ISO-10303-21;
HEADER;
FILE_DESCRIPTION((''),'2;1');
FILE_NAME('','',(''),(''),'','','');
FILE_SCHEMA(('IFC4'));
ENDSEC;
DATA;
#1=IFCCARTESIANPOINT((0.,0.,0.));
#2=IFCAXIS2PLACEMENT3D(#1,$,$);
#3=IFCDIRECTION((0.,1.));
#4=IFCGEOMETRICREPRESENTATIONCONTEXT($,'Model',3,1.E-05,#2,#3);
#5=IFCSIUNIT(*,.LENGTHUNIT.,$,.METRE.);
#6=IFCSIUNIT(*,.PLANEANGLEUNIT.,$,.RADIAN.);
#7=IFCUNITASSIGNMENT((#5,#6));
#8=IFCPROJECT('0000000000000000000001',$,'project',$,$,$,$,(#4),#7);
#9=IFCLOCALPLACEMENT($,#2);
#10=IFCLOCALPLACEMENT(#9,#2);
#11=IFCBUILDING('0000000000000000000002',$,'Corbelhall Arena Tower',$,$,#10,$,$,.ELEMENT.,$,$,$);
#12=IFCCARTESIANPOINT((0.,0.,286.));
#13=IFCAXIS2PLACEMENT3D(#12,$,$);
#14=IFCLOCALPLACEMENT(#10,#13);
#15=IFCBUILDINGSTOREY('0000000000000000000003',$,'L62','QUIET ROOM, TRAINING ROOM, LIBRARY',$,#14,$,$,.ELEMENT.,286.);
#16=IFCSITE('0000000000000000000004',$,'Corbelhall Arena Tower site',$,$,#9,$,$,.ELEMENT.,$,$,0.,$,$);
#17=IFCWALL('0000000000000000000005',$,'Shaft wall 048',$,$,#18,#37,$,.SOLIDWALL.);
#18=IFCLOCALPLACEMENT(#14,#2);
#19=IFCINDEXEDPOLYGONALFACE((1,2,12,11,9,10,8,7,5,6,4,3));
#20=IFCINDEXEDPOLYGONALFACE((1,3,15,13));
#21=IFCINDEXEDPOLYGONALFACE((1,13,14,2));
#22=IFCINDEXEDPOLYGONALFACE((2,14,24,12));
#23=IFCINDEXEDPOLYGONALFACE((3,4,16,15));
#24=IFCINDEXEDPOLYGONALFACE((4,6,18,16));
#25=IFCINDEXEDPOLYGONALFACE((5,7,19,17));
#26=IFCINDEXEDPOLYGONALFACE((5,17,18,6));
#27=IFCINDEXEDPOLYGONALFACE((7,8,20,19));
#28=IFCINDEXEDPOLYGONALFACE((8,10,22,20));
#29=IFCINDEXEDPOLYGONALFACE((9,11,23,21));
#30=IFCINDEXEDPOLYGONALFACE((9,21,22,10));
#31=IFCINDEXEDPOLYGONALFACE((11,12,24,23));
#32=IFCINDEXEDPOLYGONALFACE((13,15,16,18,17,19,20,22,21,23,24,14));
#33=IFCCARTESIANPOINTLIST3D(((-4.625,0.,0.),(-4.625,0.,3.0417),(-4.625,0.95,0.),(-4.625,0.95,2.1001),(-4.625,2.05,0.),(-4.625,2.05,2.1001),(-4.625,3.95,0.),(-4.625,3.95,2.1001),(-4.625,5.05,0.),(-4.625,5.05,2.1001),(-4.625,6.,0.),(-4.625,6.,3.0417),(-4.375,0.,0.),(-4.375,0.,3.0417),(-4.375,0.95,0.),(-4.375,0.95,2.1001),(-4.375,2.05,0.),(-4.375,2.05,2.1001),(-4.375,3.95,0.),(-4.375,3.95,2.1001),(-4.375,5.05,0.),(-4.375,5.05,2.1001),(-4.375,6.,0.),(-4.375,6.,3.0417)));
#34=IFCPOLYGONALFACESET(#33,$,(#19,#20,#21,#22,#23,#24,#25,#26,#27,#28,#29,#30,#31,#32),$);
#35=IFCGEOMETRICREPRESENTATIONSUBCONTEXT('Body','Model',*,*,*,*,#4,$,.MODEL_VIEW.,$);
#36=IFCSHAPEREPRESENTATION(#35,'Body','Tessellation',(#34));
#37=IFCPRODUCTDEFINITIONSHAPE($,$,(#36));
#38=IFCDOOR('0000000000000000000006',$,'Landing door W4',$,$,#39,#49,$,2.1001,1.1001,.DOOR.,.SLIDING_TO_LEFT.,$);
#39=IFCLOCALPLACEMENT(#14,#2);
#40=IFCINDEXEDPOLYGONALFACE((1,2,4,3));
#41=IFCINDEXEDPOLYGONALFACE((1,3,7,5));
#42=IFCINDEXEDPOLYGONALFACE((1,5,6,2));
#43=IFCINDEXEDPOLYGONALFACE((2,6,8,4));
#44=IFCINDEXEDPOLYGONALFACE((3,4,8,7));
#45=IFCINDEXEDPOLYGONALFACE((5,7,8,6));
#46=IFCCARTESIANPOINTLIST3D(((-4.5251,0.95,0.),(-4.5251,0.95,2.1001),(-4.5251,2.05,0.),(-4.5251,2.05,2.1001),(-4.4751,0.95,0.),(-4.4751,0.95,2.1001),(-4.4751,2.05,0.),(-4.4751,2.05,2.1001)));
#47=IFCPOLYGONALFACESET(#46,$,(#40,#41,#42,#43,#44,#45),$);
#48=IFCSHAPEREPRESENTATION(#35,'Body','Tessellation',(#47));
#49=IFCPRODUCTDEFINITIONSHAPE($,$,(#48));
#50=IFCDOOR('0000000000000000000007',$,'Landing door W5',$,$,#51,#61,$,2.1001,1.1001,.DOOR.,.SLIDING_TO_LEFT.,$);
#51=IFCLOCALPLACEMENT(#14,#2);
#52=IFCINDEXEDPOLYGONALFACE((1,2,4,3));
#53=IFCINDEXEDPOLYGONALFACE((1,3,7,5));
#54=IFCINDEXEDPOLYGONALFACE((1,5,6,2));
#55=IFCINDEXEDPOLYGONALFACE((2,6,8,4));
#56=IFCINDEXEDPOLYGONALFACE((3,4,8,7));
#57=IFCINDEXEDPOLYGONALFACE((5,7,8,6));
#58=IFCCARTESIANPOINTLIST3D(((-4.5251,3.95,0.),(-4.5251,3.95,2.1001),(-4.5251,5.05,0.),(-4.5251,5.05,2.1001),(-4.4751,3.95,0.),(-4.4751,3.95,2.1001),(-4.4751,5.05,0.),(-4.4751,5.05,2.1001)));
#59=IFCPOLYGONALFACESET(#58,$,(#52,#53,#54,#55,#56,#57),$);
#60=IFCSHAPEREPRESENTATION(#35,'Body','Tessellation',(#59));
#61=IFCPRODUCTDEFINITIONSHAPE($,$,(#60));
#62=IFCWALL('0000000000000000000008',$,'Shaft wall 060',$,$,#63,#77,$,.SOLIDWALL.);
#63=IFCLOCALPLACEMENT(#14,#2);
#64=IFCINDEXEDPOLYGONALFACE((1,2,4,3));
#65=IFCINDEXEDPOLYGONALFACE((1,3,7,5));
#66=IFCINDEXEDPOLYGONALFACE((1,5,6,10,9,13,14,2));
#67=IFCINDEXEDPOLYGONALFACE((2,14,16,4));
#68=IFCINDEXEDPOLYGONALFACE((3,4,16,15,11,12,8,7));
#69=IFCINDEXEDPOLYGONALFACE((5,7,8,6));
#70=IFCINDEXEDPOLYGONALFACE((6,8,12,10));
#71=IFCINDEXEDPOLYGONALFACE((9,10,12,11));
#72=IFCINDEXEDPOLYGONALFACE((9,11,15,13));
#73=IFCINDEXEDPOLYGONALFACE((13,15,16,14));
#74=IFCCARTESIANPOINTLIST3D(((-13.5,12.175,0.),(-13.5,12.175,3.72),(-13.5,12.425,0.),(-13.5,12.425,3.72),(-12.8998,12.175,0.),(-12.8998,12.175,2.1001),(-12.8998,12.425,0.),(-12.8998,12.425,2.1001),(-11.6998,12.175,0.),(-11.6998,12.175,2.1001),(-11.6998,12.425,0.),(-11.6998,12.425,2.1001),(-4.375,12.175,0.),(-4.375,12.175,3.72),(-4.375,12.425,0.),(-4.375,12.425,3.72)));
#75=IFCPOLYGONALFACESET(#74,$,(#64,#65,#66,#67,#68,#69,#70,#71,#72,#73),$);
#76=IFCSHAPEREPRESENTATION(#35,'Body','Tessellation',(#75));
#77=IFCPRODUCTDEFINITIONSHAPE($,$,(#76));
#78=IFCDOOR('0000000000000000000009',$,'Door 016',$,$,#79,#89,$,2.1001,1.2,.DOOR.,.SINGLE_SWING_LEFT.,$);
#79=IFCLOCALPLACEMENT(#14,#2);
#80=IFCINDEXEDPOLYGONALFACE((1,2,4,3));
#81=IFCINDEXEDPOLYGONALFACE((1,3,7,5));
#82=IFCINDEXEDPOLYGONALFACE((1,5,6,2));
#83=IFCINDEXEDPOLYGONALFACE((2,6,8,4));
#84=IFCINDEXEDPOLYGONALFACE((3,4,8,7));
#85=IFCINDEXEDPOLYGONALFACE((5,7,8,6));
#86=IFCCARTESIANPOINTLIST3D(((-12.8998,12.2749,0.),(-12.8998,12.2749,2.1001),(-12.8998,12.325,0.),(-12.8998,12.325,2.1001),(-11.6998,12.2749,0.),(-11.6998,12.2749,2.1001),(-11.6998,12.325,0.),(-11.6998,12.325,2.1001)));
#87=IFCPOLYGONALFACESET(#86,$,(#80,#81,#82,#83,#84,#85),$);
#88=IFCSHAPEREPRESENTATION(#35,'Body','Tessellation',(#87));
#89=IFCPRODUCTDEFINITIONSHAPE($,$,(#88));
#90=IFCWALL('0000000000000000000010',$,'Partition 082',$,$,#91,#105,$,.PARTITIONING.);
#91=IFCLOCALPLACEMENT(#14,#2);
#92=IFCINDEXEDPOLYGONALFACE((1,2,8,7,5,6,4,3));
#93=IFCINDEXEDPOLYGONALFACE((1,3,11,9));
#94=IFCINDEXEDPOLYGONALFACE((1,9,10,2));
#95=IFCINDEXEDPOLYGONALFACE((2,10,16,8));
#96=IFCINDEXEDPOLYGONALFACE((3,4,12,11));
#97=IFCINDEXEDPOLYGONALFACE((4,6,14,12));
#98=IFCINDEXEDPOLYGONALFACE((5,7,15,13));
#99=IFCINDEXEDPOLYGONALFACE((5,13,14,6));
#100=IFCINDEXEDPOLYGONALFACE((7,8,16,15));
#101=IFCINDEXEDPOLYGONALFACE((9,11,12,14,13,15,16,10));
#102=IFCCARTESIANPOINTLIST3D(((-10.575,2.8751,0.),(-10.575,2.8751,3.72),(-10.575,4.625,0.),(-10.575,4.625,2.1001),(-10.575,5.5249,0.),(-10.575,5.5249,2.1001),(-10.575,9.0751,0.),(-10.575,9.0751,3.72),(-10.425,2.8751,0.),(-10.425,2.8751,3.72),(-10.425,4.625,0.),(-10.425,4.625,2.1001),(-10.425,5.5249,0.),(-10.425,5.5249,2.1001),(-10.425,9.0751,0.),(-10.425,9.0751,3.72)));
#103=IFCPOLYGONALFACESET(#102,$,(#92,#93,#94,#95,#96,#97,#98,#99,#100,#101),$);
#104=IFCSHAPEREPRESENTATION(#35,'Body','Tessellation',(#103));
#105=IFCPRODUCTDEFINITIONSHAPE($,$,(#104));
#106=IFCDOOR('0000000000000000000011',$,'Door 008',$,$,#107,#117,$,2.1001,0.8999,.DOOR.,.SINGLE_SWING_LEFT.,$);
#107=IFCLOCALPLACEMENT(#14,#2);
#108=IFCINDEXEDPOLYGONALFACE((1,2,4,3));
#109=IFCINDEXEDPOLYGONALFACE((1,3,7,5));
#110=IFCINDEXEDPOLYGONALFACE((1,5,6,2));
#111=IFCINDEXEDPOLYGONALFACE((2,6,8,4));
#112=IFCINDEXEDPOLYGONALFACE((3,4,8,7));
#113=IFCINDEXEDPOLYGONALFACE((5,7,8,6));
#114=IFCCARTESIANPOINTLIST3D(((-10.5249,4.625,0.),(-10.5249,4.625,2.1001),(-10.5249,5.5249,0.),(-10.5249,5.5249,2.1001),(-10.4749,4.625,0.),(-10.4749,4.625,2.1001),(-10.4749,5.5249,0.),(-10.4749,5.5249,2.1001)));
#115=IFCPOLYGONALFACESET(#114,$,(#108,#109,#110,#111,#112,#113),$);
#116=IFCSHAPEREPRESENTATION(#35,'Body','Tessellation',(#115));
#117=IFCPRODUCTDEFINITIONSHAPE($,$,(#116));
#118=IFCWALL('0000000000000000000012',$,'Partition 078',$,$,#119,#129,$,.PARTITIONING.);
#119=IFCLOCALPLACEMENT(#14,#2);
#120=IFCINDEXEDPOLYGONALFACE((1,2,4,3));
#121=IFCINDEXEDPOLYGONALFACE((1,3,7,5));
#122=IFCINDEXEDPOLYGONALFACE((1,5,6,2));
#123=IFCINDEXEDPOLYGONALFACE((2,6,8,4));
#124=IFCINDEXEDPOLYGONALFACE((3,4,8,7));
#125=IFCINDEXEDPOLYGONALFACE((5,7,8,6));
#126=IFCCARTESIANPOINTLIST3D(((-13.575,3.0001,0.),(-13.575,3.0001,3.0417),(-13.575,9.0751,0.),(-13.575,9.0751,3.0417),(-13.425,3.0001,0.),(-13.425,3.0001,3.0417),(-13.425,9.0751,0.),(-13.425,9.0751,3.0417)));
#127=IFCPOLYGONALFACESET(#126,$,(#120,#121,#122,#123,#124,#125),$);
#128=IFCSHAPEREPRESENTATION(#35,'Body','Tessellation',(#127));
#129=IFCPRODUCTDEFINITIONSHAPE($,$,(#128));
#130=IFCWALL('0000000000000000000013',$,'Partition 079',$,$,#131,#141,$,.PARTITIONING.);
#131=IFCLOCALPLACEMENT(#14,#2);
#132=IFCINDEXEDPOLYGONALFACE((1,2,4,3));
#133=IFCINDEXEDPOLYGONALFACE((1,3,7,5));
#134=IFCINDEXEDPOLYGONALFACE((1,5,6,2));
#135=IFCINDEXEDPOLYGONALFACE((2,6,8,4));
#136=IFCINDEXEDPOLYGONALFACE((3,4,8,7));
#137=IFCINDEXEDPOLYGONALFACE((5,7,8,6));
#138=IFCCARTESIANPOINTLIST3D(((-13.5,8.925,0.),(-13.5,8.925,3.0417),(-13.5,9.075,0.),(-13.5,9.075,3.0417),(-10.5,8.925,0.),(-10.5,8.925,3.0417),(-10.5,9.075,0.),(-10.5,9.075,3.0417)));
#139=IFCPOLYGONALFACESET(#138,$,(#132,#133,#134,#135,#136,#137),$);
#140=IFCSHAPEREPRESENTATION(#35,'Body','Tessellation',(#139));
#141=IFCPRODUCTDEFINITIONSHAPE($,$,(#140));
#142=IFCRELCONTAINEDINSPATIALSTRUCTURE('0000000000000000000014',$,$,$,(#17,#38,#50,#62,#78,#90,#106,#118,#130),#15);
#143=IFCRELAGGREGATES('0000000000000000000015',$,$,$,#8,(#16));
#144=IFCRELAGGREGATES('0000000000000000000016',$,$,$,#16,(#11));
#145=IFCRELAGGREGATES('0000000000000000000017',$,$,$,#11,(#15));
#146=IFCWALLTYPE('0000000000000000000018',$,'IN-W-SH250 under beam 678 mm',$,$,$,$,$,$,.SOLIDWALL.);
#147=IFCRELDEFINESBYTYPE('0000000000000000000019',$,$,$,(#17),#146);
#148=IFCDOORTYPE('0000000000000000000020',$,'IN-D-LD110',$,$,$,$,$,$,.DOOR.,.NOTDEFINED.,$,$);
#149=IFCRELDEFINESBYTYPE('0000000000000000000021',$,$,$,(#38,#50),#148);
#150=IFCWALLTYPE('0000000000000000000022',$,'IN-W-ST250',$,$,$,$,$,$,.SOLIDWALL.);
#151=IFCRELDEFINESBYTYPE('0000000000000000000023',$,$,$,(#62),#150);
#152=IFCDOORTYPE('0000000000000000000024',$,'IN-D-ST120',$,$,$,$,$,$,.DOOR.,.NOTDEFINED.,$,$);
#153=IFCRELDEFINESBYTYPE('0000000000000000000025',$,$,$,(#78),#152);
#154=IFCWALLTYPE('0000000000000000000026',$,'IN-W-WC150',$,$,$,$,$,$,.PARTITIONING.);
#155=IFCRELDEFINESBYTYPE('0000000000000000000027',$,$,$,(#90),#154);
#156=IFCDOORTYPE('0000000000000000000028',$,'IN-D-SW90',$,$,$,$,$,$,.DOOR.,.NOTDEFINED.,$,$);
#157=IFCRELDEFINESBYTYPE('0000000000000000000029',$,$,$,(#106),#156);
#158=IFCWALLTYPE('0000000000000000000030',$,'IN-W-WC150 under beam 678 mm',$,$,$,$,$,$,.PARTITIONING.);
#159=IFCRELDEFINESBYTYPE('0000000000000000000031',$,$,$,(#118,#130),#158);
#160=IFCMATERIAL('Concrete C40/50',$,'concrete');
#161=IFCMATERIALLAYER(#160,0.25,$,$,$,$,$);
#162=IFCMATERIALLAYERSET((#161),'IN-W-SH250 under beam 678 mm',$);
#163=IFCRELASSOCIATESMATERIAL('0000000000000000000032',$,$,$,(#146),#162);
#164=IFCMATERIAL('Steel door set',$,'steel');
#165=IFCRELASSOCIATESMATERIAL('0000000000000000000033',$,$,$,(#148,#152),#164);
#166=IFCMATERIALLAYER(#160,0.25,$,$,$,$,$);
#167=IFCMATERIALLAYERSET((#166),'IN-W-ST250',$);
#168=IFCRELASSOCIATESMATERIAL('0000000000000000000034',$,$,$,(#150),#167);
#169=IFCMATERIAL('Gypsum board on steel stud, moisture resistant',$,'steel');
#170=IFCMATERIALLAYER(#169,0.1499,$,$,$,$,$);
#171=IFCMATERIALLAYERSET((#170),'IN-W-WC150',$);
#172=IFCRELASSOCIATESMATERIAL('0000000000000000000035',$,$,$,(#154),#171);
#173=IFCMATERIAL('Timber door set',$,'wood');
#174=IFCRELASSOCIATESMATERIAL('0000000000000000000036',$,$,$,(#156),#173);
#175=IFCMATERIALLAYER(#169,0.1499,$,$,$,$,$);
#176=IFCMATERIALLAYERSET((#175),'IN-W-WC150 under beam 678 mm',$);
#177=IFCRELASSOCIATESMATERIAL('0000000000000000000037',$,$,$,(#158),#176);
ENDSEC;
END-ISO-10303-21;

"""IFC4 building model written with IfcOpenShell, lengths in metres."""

from ifc_helpers import new_model, si_unit, direction, frame, frame_2d, origin, place, context, subcontext, project, spatial, rectangle, extrude, material, layer, layer_set, type_object, element, fill, save


model = new_model("IFC4")

# Units and contexts
model_context = context("Model", 3, precision=1e-05, world=origin(), true_north=direction((0.0, 1.0)))
body_context = subcontext(model_context, "Body", "Model", "MODEL_VIEW")
ifc_project = project(units=[si_unit("LENGTHUNIT", "METRE"), si_unit("PLANEANGLEUNIT", "RADIAN")], contexts=[model_context])

# Site, building, storey
site_placement = place(None, origin())
site = spatial("IfcSite", under=ifc_project, at=site_placement, Name="Corbelhall Arena Tower site", CompositionType="ELEMENT", RefElevation=0.0)
building_placement = place(site_placement, origin())
building = spatial("IfcBuilding", under=site, at=building_placement, Name="Corbelhall Arena Tower", CompositionType="ELEMENT")
storey_placement = place(building_placement, frame((0.0, 0.0, 286.0)))
storey = spatial("IfcBuildingStorey", under=building, at=storey_placement, Name="L62", Description="QUIET ROOM, TRAINING ROOM, LIBRARY", CompositionType="ELEMENT", Elevation=286.0)

# Shared definitions
ifc_material_1 = material(Name="Steel door set", Category="steel")

# Shared definitions
ifc_material_2 = material(Name="Concrete C40/50", Category="concrete")

# Wall, openings, doors
ifc_layer_1 = layer(ifc_material_2, 0.25)
ifc_layer_set_1 = layer_set([ifc_layer_1], Name="IN-W-SH250 under beam 678 mm")
wall_type_1 = type_object("IfcWallType", Name="IN-W-SH250 under beam 678 mm", PredefinedType="SOLIDWALL", material=ifc_layer_set_1)
wall_1_placement = place(storey_placement, frame((-4.5, 6.0, 0.0), z_axis=(0.0, 0.0, 1.0), x_axis=(0.0, -1.0, 0.0)))
wall_1 = element("IfcWall", 1, at=wall_1_placement, inside=storey, type_object=wall_type_1, Name="Shaft wall 048", PredefinedType="SOLIDWALL", context=body_context, shape_type="SweptSolid", body=[
    extrude(rectangle(XDim=6.0, YDim=0.25, at=frame_2d((3.0, 0.0))), origin(), (0.0, 0.0, 1.0), 3.0417),
])
opening_1_placement = place(wall_1_placement, frame((3.95, 0.0, 0.0)))
opening_1 = element("IfcOpeningElement", 2, at=opening_1_placement, cuts=wall_1, PredefinedType="OPENING", context=body_context, shape_type="SweptSolid", body=[
    extrude(rectangle(XDim=1.1001, YDim=2.1001, at=frame_2d((0.55, 1.05))), frame((0.0, 0.125, 0.0), z_axis=(0.0, -1.0, 0.0), x_axis=(1.0, 0.0, 0.0)), (0.0, 0.0, 1.0), 0.25),
])
opening_2_placement = place(wall_1_placement, frame((0.95, 0.0, 0.0)))
opening_2 = element("IfcOpeningElement", 3, at=opening_2_placement, cuts=wall_1, PredefinedType="OPENING", context=body_context, shape_type="SweptSolid", body=[
    extrude(rectangle(XDim=1.1001, YDim=2.1001, at=frame_2d((0.55, 1.05))), frame((0.0, 0.125, 0.0), z_axis=(0.0, -1.0, 0.0), x_axis=(1.0, 0.0, 0.0)), (0.0, 0.0, 1.0), 0.25),
])
door_type_1 = type_object("IfcDoorType", Name="IN-D-LD110", OperationType="NOTDEFINED", PredefinedType="DOOR", material=ifc_material_1)
door_1_placement = place(opening_1_placement, origin())
door_1 = element("IfcDoor", 4, at=door_1_placement, inside=storey, type_object=door_type_1, Name="Landing door W4", OperationType="SLIDING_TO_LEFT", OverallHeight=2.1001, OverallWidth=1.1001, PredefinedType="DOOR", context=body_context, shape_type="SweptSolid", body=[
    extrude(rectangle(XDim=1.1001, YDim=2.1001, at=frame_2d((0.55, 1.05))), frame((0.0, 0.0249, 0.0), z_axis=(0.0, -1.0, 0.0), x_axis=(1.0, 0.0, 0.0)), (0.0, 0.0, 1.0), 0.05),
])
fill(opening_1, door_1)
door_2_placement = place(opening_2_placement, origin())
door_2 = element("IfcDoor", 5, at=door_2_placement, inside=storey, type_object=door_type_1, Name="Landing door W5", OperationType="SLIDING_TO_LEFT", OverallHeight=2.1001, OverallWidth=1.1001, PredefinedType="DOOR", context=body_context, shape_type="SweptSolid", body=[
    extrude(rectangle(XDim=1.1001, YDim=2.1001, at=frame_2d((0.55, 1.05))), frame((0.0, 0.0249, 0.0), z_axis=(0.0, -1.0, 0.0), x_axis=(1.0, 0.0, 0.0)), (0.0, 0.0, 1.0), 0.05),
])
fill(opening_2, door_2)

# Walls, openings, doors
ifc_layer_2 = layer(ifc_material_2, 0.25)
ifc_layer_set_2 = layer_set([ifc_layer_2], Name="IN-W-ST250")
wall_type_2 = type_object("IfcWallType", Name="IN-W-ST250", PredefinedType="SOLIDWALL", material=ifc_layer_set_2)
wall_2_placement = place(storey_placement, frame((-13.5, 12.3, 0.0), z_axis=(0.0, 0.0, 1.0), x_axis=(1.0, 0.0, 0.0)))
wall_2 = element("IfcWall", 6, at=wall_2_placement, inside=storey, type_object=wall_type_2, Name="Shaft wall 060", PredefinedType="SOLIDWALL", context=body_context, shape_type="SweptSolid", body=[
    extrude(rectangle(XDim=9.125, YDim=0.25, at=frame_2d((4.5625, 0.0))), origin(), (0.0, 0.0, 1.0), 3.72),
])
opening_3_placement = place(wall_2_placement, frame((0.6001, 0.0, 0.0)))
opening_3 = element("IfcOpeningElement", 7, at=opening_3_placement, cuts=wall_2, PredefinedType="OPENING", context=body_context, shape_type="SweptSolid", body=[
    extrude(rectangle(XDim=1.2, YDim=2.1001, at=frame_2d((0.6001, 1.05))), frame((0.0, 0.125, 0.0), z_axis=(0.0, -1.0, 0.0), x_axis=(1.0, 0.0, 0.0)), (0.0, 0.0, 1.0), 0.25),
])
door_type_2 = type_object("IfcDoorType", Name="IN-D-ST120", OperationType="NOTDEFINED", PredefinedType="DOOR", material=ifc_material_1)
door_3_placement = place(opening_3_placement, origin())
door_3 = element("IfcDoor", 8, at=door_3_placement, inside=storey, type_object=door_type_2, Name="Door 016", OperationType="SINGLE_SWING_LEFT", OverallHeight=2.1001, OverallWidth=1.2, PredefinedType="DOOR", context=body_context, shape_type="SweptSolid", body=[
    extrude(rectangle(XDim=1.2, YDim=2.1001, at=frame_2d((0.6001, 1.05))), frame((0.0, 0.0249, 0.0), z_axis=(0.0, -1.0, 0.0), x_axis=(1.0, 0.0, 0.0)), (0.0, 0.0, 1.0), 0.05),
])
fill(opening_3, door_3)
ifc_material_3 = material(Name="Gypsum board on steel stud, moisture resistant", Category="steel")
ifc_layer_3 = layer(ifc_material_3, 0.1499)
ifc_layer_set_3 = layer_set([ifc_layer_3], Name="IN-W-WC150")
wall_type_3 = type_object("IfcWallType", Name="IN-W-WC150", PredefinedType="PARTITIONING", material=ifc_layer_set_3)
wall_3_placement = place(storey_placement, frame((-10.5, 2.875, 0.0), z_axis=(0.0, 0.0, 1.0), x_axis=(0.0, 1.0, 0.0)))
wall_3 = element("IfcWall", 9, at=wall_3_placement, inside=storey, type_object=wall_type_3, Name="Partition 082", PredefinedType="PARTITIONING", context=body_context, shape_type="SweptSolid", body=[
    extrude(rectangle(XDim=6.2, YDim=0.1499, at=frame_2d((3.1001, 0.0))), origin(), (0.0, 0.0, 1.0), 3.72),
])
opening_4_placement = place(wall_3_placement, frame((1.75, 0.0, 0.0)))
opening_4 = element("IfcOpeningElement", 10, at=opening_4_placement, cuts=wall_3, PredefinedType="OPENING", context=body_context, shape_type="SweptSolid", body=[
    extrude(rectangle(XDim=0.8999, YDim=2.1001, at=frame_2d((0.45, 1.05))), frame((0.0, 0.075, 0.0), z_axis=(0.0, -1.0, 0.0), x_axis=(1.0, 0.0, 0.0)), (0.0, 0.0, 1.0), 0.1499),
])
ifc_material_4 = material(Name="Timber door set", Category="wood")
door_type_3 = type_object("IfcDoorType", Name="IN-D-SW90", OperationType="NOTDEFINED", PredefinedType="DOOR", material=ifc_material_4)
door_4_placement = place(opening_4_placement, origin())
door_4 = element("IfcDoor", 11, at=door_4_placement, inside=storey, type_object=door_type_3, Name="Door 008", OperationType="SINGLE_SWING_LEFT", OverallHeight=2.1001, OverallWidth=0.8999, PredefinedType="DOOR", context=body_context, shape_type="SweptSolid", body=[
    extrude(rectangle(XDim=0.8999, YDim=2.1001, at=frame_2d((0.45, 1.05))), frame((0.0, 0.0249, 0.0), z_axis=(0.0, -1.0, 0.0), x_axis=(1.0, 0.0, 0.0)), (0.0, 0.0, 1.0), 0.05),
])
fill(opening_4, door_4)

# Walls
ifc_layer_4 = layer(ifc_material_3, 0.1499)
ifc_layer_set_4 = layer_set([ifc_layer_4], Name="IN-W-WC150 under beam 678 mm")
wall_type_4 = type_object("IfcWallType", Name="IN-W-WC150 under beam 678 mm", PredefinedType="PARTITIONING", material=ifc_layer_set_4)
wall_4_placement = place(storey_placement, frame((-13.5, 3.0, 0.0), z_axis=(0.0, 0.0, 1.0), x_axis=(0.0, 1.0, 0.0)))
element("IfcWall", 12, at=wall_4_placement, inside=storey, type_object=wall_type_4, Name="Partition 078", PredefinedType="PARTITIONING", context=body_context, shape_type="SweptSolid", body=[
    extrude(rectangle(XDim=6.075, YDim=0.1499, at=frame_2d((3.0376, 0.0))), origin(), (0.0, 0.0, 1.0), 3.0417),
])
wall_5_placement = place(storey_placement, frame((-13.5, 9.0, 0.0), z_axis=(0.0, 0.0, 1.0), x_axis=(1.0, 0.0, 0.0)))
element("IfcWall", 13, at=wall_5_placement, inside=storey, type_object=wall_type_4, Name="Partition 079", PredefinedType="PARTITIONING", context=body_context, shape_type="SweptSolid", body=[
    extrude(rectangle(XDim=3.0, YDim=0.1499, at=frame_2d((1.5, 0.0))), origin(), (0.0, 0.0, 1.0), 3.0417),
])

save(model, "model.ifc")
